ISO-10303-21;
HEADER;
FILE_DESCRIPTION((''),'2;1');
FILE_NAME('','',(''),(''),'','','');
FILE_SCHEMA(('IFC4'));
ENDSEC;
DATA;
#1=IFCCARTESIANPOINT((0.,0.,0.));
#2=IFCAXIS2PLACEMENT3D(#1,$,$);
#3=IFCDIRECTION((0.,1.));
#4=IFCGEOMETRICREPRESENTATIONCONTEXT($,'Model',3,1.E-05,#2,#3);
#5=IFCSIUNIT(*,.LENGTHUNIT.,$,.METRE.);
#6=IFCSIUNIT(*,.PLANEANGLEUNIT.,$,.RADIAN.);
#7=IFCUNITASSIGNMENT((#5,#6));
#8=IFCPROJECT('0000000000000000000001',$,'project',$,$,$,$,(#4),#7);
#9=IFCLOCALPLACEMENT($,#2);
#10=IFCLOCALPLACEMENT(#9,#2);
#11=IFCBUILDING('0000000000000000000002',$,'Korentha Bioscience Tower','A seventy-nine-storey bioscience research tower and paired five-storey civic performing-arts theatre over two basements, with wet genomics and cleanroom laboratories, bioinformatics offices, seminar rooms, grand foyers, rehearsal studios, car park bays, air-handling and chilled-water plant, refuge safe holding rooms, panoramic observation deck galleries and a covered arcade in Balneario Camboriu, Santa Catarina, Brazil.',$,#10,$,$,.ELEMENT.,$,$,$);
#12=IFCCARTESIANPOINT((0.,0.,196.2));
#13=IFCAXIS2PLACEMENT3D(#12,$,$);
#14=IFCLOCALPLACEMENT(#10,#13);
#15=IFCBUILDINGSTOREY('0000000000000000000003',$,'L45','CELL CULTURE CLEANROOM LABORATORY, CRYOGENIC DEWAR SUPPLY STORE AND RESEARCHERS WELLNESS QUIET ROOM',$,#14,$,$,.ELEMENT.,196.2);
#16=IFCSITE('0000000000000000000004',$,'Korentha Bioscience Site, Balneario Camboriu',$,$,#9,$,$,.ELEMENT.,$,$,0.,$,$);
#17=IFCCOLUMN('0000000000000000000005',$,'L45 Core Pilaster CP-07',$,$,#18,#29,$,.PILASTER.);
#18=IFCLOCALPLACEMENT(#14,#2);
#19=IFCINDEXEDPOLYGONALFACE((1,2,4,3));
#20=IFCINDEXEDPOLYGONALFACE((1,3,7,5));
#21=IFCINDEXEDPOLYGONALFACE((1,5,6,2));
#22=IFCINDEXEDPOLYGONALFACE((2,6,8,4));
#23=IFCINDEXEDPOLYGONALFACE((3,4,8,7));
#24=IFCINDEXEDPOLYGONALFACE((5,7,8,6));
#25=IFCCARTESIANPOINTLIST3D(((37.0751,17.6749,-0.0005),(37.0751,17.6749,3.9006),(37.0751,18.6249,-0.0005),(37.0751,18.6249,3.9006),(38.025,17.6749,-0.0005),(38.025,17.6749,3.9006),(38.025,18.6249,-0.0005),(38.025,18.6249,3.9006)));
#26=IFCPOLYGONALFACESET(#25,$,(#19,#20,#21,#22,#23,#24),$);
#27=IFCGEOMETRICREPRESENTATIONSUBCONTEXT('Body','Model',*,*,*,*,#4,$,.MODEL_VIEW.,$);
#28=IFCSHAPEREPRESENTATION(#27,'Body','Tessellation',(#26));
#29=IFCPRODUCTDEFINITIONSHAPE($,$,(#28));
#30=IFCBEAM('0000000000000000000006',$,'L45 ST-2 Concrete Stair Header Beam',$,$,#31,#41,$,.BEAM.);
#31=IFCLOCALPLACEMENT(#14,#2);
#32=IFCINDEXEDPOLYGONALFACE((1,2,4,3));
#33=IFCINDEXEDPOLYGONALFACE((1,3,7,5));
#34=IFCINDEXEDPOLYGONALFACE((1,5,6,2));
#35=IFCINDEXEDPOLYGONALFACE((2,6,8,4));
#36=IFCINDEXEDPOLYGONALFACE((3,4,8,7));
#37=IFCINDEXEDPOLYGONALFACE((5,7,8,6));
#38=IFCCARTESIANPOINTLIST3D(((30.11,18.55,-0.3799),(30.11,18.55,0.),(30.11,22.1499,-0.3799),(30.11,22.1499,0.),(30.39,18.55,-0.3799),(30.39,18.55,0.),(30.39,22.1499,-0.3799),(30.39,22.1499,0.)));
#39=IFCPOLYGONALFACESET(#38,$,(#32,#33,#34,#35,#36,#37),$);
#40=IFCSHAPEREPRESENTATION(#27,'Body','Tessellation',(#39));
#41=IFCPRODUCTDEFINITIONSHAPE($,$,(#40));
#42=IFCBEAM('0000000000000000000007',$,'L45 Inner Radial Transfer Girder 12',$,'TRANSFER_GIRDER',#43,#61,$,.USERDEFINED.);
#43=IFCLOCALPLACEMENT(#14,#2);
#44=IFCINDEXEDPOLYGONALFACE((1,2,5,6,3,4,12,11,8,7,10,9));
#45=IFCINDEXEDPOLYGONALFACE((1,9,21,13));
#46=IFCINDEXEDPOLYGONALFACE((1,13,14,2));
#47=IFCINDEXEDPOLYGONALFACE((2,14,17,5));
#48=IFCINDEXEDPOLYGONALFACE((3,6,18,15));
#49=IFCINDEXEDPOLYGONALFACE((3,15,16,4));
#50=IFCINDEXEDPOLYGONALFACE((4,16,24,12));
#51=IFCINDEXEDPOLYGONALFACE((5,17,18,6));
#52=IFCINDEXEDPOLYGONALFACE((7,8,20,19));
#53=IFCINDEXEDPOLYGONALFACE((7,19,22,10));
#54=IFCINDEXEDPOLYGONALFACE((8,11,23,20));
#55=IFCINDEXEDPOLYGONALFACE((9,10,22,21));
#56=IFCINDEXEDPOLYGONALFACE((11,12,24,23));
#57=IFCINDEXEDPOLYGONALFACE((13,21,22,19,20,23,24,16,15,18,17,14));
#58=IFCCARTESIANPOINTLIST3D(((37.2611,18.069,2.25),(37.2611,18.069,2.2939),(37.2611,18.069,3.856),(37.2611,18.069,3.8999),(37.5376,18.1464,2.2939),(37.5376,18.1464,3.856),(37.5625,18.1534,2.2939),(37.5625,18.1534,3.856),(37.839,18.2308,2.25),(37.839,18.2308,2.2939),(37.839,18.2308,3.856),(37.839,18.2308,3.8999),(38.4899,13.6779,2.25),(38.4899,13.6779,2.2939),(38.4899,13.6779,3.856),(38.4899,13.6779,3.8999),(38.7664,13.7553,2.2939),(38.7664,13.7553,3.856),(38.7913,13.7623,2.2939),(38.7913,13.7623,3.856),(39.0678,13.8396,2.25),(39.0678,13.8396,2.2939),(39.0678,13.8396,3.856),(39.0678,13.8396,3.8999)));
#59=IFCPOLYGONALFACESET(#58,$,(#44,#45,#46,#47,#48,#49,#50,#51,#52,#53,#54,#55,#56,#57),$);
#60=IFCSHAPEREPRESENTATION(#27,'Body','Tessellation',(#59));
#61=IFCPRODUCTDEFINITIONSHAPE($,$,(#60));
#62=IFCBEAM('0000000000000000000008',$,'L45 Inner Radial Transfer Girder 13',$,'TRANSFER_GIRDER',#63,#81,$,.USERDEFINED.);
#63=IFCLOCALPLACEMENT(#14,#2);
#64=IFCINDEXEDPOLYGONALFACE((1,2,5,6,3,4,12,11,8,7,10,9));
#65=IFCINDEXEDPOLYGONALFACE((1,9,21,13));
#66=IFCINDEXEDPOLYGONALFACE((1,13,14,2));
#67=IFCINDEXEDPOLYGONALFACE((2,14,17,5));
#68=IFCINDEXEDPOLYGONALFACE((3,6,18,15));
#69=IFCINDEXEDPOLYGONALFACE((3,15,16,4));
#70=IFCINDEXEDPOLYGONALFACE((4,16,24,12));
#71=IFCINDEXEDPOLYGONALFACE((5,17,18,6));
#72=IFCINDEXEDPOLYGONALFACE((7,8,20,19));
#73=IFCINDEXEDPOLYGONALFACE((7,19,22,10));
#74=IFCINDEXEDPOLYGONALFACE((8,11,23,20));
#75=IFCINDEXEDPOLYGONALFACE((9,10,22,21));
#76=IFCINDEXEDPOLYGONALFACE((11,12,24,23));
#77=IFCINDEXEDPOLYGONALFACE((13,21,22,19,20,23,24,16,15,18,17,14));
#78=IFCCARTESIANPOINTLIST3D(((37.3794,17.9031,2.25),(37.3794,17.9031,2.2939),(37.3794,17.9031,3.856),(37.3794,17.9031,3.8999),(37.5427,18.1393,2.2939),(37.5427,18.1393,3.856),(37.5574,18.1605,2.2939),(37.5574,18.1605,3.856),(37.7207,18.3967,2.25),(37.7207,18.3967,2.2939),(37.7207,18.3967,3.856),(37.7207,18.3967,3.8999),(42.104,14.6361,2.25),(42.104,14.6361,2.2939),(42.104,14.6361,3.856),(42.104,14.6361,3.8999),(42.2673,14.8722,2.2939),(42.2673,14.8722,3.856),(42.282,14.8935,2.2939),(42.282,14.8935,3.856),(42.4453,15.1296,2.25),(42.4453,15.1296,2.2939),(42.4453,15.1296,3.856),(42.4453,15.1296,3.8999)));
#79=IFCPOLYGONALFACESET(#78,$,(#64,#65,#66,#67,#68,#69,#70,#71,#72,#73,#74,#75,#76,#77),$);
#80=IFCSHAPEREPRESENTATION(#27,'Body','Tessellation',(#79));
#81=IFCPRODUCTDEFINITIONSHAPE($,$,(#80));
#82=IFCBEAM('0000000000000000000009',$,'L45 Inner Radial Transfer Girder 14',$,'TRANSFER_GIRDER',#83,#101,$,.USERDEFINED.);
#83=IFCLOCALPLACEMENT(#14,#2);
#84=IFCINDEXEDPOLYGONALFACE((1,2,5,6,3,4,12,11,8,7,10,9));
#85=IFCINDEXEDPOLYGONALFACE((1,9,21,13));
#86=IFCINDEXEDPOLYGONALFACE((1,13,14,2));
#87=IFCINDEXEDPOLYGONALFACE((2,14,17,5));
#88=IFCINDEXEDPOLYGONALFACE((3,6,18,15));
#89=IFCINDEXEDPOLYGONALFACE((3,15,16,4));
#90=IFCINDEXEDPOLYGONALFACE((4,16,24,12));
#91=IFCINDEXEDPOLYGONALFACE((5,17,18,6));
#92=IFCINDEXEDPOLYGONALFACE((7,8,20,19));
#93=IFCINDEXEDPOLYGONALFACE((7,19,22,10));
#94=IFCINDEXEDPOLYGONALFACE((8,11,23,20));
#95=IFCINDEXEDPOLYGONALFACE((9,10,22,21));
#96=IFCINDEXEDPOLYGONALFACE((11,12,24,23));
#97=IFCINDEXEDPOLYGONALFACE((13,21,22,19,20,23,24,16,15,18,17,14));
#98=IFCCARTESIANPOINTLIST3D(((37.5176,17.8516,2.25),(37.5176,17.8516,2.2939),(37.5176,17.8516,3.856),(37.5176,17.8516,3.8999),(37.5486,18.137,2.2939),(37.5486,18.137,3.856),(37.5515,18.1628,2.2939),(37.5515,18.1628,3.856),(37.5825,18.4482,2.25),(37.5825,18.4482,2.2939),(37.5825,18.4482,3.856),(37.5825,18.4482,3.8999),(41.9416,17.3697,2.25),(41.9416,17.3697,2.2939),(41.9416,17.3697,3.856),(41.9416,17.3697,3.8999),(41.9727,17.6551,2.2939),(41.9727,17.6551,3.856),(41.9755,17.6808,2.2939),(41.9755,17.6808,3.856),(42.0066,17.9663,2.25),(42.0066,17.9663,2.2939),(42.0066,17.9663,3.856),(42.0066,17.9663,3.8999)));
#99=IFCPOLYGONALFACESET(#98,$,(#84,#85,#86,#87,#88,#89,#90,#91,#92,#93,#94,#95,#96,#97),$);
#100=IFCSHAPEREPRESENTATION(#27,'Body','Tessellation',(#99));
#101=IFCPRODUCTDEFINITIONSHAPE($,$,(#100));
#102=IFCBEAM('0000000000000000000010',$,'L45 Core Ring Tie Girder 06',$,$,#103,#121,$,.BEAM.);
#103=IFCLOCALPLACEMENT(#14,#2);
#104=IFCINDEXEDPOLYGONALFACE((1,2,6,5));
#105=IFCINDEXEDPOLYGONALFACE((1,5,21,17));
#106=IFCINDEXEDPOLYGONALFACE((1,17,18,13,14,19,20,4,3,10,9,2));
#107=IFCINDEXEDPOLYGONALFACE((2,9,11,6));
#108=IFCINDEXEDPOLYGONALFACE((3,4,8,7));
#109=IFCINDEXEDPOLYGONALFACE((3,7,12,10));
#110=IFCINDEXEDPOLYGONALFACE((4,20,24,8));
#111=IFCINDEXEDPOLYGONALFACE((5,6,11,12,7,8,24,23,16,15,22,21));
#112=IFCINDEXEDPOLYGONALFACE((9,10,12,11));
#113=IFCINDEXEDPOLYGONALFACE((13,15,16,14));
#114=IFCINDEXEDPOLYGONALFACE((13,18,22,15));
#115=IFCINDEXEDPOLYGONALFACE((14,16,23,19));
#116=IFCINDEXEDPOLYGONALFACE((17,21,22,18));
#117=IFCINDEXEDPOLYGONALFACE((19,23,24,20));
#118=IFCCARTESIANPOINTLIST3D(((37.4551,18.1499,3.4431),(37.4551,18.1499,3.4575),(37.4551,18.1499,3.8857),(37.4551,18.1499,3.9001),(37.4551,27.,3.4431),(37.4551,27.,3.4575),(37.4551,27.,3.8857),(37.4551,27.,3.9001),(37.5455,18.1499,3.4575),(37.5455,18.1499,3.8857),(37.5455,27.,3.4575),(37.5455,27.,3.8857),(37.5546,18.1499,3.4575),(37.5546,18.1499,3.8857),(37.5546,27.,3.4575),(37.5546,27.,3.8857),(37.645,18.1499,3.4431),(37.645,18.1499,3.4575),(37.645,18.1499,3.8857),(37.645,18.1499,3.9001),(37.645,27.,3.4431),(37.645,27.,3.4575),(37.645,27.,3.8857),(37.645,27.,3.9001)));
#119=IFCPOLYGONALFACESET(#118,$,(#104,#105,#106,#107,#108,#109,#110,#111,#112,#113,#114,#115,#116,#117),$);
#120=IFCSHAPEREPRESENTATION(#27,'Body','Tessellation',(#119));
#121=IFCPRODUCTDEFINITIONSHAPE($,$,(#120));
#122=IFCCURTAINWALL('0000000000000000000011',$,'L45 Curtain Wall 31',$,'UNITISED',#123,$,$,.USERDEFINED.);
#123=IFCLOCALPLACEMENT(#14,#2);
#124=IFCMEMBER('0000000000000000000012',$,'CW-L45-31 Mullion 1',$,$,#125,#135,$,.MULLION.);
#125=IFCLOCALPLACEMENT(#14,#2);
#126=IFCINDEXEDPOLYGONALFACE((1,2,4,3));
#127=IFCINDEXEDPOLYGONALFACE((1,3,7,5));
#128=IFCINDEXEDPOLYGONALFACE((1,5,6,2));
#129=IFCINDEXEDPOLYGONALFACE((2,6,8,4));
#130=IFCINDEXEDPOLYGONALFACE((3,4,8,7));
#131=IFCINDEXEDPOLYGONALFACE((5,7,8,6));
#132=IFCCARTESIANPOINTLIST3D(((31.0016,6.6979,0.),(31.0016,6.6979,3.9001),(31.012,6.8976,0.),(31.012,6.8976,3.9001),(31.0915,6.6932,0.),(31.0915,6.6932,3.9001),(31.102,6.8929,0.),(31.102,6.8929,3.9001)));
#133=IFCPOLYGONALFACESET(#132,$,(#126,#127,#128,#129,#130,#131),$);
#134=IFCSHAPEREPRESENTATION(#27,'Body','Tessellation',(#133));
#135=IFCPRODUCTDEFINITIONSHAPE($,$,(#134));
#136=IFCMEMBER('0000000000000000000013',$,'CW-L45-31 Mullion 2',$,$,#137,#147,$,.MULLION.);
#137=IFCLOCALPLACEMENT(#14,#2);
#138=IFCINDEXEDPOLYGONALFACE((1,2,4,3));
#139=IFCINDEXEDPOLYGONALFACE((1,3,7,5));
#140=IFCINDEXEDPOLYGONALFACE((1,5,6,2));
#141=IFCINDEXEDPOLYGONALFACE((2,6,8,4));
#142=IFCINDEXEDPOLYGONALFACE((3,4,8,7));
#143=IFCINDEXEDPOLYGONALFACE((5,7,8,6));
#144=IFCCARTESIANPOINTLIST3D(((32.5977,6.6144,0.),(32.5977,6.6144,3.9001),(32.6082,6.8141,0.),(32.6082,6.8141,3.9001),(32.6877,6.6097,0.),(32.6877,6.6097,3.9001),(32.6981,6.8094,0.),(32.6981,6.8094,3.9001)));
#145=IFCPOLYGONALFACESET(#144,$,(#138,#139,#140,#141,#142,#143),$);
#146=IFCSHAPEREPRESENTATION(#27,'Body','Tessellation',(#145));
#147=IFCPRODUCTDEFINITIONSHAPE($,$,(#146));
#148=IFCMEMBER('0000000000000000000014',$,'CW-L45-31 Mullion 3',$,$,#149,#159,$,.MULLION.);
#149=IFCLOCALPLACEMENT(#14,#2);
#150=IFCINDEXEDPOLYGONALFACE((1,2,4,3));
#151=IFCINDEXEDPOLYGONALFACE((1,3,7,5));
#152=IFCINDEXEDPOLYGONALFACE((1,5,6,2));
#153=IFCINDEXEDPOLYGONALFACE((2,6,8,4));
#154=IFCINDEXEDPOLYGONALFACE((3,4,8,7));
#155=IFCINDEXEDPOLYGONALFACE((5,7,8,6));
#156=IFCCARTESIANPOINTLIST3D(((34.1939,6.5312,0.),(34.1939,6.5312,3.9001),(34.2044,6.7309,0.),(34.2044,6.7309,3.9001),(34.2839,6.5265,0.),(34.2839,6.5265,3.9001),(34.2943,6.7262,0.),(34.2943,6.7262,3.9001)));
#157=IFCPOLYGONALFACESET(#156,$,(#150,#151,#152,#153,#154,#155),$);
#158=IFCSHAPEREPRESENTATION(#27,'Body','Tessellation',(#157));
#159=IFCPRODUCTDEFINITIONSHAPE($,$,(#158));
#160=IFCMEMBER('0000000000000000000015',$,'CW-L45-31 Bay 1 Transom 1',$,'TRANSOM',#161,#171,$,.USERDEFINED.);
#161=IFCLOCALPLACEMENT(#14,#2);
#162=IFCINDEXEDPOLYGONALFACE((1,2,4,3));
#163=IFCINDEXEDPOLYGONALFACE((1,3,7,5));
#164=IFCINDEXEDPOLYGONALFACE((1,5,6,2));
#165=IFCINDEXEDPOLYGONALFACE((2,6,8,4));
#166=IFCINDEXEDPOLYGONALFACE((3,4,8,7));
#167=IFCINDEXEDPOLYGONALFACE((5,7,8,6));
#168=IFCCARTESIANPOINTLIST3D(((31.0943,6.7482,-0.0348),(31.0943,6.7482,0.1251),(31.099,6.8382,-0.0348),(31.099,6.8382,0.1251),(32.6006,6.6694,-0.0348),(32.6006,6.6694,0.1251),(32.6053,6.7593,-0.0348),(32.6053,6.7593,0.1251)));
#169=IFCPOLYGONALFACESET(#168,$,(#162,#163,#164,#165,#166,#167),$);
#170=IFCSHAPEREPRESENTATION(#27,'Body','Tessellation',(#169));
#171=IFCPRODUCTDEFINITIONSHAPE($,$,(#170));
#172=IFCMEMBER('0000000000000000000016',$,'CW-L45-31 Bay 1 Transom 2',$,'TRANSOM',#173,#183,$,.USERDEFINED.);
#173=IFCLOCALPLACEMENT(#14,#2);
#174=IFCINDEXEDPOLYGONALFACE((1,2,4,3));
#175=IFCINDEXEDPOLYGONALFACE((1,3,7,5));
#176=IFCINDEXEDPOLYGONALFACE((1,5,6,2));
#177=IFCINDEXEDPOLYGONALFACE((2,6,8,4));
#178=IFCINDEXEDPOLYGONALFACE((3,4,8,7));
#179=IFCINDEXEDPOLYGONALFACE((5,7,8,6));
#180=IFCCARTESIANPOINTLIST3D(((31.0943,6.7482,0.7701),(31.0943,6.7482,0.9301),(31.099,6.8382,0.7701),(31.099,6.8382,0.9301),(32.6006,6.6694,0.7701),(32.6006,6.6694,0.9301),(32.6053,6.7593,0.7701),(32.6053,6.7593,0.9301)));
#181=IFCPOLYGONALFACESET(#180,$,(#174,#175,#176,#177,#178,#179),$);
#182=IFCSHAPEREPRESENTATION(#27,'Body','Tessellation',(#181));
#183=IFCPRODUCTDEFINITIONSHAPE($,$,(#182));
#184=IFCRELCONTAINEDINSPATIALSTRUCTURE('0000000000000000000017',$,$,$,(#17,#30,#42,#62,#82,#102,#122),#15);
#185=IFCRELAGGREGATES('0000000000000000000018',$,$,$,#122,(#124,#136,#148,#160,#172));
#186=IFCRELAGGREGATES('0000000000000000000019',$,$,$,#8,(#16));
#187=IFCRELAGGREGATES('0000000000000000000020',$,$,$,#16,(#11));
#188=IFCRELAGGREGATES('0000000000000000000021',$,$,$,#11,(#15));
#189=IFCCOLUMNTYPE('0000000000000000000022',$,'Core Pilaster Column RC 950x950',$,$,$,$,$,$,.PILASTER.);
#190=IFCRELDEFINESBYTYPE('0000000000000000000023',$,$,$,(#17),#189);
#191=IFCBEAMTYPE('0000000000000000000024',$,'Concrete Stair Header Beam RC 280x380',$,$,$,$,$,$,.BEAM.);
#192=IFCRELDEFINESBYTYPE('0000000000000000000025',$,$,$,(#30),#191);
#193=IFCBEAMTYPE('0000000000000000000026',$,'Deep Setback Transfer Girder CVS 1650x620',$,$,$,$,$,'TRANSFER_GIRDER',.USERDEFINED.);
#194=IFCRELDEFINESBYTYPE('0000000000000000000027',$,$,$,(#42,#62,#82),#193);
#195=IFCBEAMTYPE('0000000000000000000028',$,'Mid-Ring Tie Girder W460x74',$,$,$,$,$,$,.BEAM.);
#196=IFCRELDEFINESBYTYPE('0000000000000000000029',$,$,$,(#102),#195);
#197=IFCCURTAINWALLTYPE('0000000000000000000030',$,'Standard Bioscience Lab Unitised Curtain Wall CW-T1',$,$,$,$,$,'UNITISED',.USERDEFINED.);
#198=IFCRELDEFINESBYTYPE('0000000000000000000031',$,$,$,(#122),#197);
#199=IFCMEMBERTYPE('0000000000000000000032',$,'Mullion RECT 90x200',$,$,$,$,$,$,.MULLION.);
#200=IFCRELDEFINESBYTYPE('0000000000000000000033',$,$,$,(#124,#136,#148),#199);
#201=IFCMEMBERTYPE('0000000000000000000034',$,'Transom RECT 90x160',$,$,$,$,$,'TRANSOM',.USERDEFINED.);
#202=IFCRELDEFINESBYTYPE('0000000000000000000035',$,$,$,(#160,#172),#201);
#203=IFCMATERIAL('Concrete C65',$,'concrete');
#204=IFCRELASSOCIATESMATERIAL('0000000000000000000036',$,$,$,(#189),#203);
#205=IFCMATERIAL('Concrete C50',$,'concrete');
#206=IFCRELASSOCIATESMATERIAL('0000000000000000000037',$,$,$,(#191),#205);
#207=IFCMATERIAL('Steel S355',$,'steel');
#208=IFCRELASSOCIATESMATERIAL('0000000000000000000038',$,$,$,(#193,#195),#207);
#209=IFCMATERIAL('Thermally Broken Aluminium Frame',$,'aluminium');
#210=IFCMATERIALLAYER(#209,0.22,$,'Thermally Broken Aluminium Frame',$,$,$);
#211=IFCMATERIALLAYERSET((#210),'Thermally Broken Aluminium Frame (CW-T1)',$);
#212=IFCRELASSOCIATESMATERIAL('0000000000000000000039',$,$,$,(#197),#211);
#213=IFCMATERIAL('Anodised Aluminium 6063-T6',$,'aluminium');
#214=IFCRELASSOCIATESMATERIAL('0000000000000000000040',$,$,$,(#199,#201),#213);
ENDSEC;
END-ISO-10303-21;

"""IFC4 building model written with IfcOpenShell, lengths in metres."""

from ifc_helpers import new_model, si_unit, direction, frame, origin, origin_2d, place, context, subcontext, project, spatial, rectangle, i_section, extrude, material, layer, layer_set, material_profile, profile_set, type_object, element, aggregate, save


model = new_model("IFC4")

# Units and contexts
model_context = context("Model", 3, precision=1e-05, world=origin(), true_north=direction((0.0, 1.0)))
body_context = subcontext(model_context, "Body", "Model", "MODEL_VIEW")
ifc_project = project(units=[si_unit("LENGTHUNIT", "METRE"), si_unit("PLANEANGLEUNIT", "RADIAN")], contexts=[model_context])

# Site, building, storey
site_placement = place(None, origin())
site = spatial("IfcSite", under=ifc_project, at=site_placement, Name="Korentha Bioscience Site, Balneario Camboriu", CompositionType="ELEMENT", RefElevation=0.0)
building_placement = place(site_placement, origin())
building = spatial("IfcBuilding", under=site, at=building_placement, Name="Korentha Bioscience Tower", Description="A seventy-nine-storey bioscience research tower and paired five-storey civic performing-arts theatre over two basements, with wet genomics and cleanroom laboratories, bioinformatics offices, seminar rooms, grand foyers, rehearsal studios, car park bays, air-handling and chilled-water plant, refuge safe holding rooms, panoramic observation deck galleries and a covered arcade in Balneario Camboriu, Santa Catarina, Brazil.", CompositionType="ELEMENT")
storey_placement = place(building_placement, frame((0.0, 0.0, 196.2)))
storey = spatial("IfcBuildingStorey", under=building, at=storey_placement, Name="L45", Description="CELL CULTURE CLEANROOM LABORATORY, CRYOGENIC DEWAR SUPPLY STORE AND RESEARCHERS WELLNESS QUIET ROOM", CompositionType="ELEMENT", Elevation=196.2)

# Column
ifc_material_1 = material(Name="Concrete C65", Category="concrete")
ifc_material_profile_1 = material_profile(ifc_material_1, rectangle(XDim=0.95, YDim=0.95, at=origin_2d()), Name="Concrete C65")
ifc_profile_set_1 = profile_set([ifc_material_profile_1], Name="Concrete C65 (COL-CP09)")
column_type = type_object("IfcColumnType", Name="Core Pilaster Column RC 950x950", PredefinedType="PILASTER", material=ifc_profile_set_1)
column_placement = place(storey_placement, frame((37.55, 18.1499, -0.0005), z_axis=(0.0, 0.0, 1.0), x_axis=(1.0, 0.0, 0.0)))
element("IfcColumn", 1, at=column_placement, inside=storey, type_object=column_type, Name="L45 Core Pilaster CP-07", PredefinedType="PILASTER", context=body_context, shape_type="SweptSolid", body=[
    extrude(rectangle(XDim=0.95, YDim=0.95, at=origin_2d()), origin(), (0.0, 0.0, 1.0), 3.9011),
])

# Beams
ifc_material_2 = material(Name="Concrete C50", Category="concrete")
ifc_material_profile_2 = material_profile(ifc_material_2, rectangle(XDim=0.28, YDim=0.3799, at=origin_2d()), Name="Concrete C50")
ifc_profile_set_2 = profile_set([ifc_material_profile_2], Name="Concrete C50 (ST-HB380)")
beam_type_1 = type_object("IfcBeamType", Name="Concrete Stair Header Beam RC 280x380", PredefinedType="BEAM", material=ifc_profile_set_2)
beam_1_placement = place(storey_placement, frame((30.25, 18.55, -0.1899), z_axis=(0.0, 1.0, 0.0), x_axis=(-1.0, 0.0, 0.0)))
element("IfcBeam", 2, at=beam_1_placement, inside=storey, type_object=beam_type_1, Name="L45 ST-2 Concrete Stair Header Beam", PredefinedType="BEAM", context=body_context, shape_type="SweptSolid", body=[
    extrude(rectangle(XDim=0.28, YDim=0.3799, at=origin_2d()), origin(), (0.0, 0.0, 1.0), 3.5999),
])
ifc_material_3 = material(Name="Steel S355", Category="steel")
ifc_material_profile_3 = material_profile(ifc_material_3, i_section(OverallWidth=0.6001, OverallDepth=1.6499, WebThickness=0.0259, FlangeThickness=0.0439, at=origin_2d()), Name="Steel S355")
ifc_profile_set_3 = profile_set([ifc_material_profile_3], Name="Steel S355 (TG-04)")
beam_type_2 = type_object("IfcBeamType", Name="Deep Setback Transfer Girder CVS 1650x620", ElementType="TRANSFER_GIRDER", PredefinedType="USERDEFINED", material=ifc_profile_set_3)
beam_2_placement = place(storey_placement, frame((37.55, 18.1499, 3.075), z_axis=(0.269477, -0.963007, 0.0), x_axis=(0.963007, 0.269477, 0.0)))
element("IfcBeam", 3, at=beam_2_placement, inside=storey, type_object=beam_type_2, Name="L45 Inner Radial Transfer Girder 12", ObjectType="TRANSFER_GIRDER", PredefinedType="USERDEFINED", context=body_context, shape_type="SweptSolid", body=[
    extrude(i_section(OverallWidth=0.6001, OverallDepth=1.6499, WebThickness=0.0259, FlangeThickness=0.0439, at=origin_2d()), origin(), (0.0, 0.0, 1.0), 4.5598),
])
beam_3_placement = place(storey_placement, frame((37.55, 18.1499, 3.075), z_axis=(0.822501, -0.568763, 0.0), x_axis=(0.568763, 0.822501, 0.0)))
element("IfcBeam", 4, at=beam_3_placement, inside=storey, type_object=beam_type_2, Name="L45 Inner Radial Transfer Girder 13", ObjectType="TRANSFER_GIRDER", PredefinedType="USERDEFINED", context=body_context, shape_type="SweptSolid", body=[
    extrude(i_section(OverallWidth=0.6001, OverallDepth=1.6499, WebThickness=0.0259, FlangeThickness=0.0439, at=origin_2d()), origin(), (0.0, 0.0, 1.0), 5.7441),
])
beam_4_placement = place(storey_placement, frame((37.55, 18.1499, 3.075), z_axis=(0.994119, -0.108294, 0.0), x_axis=(0.108294, 0.994119, 0.0)))
element("IfcBeam", 5, at=beam_4_placement, inside=storey, type_object=beam_type_2, Name="L45 Inner Radial Transfer Girder 14", ObjectType="TRANSFER_GIRDER", PredefinedType="USERDEFINED", context=body_context, shape_type="SweptSolid", body=[
    extrude(i_section(OverallWidth=0.6001, OverallDepth=1.6499, WebThickness=0.0259, FlangeThickness=0.0439, at=origin_2d()), origin(), (0.0, 0.0, 1.0), 4.4502),
])
ifc_material_profile_4 = material_profile(ifc_material_3, i_section(OverallWidth=0.1899, OverallDepth=0.457, WebThickness=0.009, FlangeThickness=0.0144, at=origin_2d()), Name="Steel S355")
ifc_profile_set_4 = profile_set([ifc_material_profile_4], Name="Steel S355 (MB-460)")
beam_type_3 = type_object("IfcBeamType", Name="Mid-Ring Tie Girder W460x74", PredefinedType="BEAM", material=ifc_profile_set_4)
beam_5_placement = place(storey_placement, frame((37.55, 18.1499, 3.6716), z_axis=(0.0, 1.0, 0.0), x_axis=(-1.0, 0.0, 0.0)))
element("IfcBeam", 6, at=beam_5_placement, inside=storey, type_object=beam_type_3, Name="L45 Core Ring Tie Girder 06", PredefinedType="BEAM", context=body_context, shape_type="SweptSolid", body=[
    extrude(i_section(OverallWidth=0.1899, OverallDepth=0.457, WebThickness=0.009, FlangeThickness=0.0144, at=origin_2d()), origin(), (0.0, 0.0, 1.0), 8.8501),
])

# Curtain wall, members
ifc_material_4 = material(Name="Thermally Broken Aluminium Frame", Category="aluminium")
ifc_layer_1 = layer(ifc_material_4, 0.22, Name="Thermally Broken Aluminium Frame")
ifc_layer_set_1 = layer_set([ifc_layer_1], Name="Thermally Broken Aluminium Frame (CW-T1)")
curtain_wall_type = type_object("IfcCurtainWallType", Name="Standard Bioscience Lab Unitised Curtain Wall CW-T1", ElementType="UNITISED", PredefinedType="USERDEFINED", material=ifc_layer_set_1)
curtain_wall_placement = place(storey_placement, origin())
curtain_wall = element("IfcCurtainWall", 7, at=curtain_wall_placement, inside=storey, type_object=curtain_wall_type, Name="L45 Curtain Wall 31", ObjectType="UNITISED", PredefinedType="USERDEFINED")
ifc_material_5 = material(Name="Anodised Aluminium 6063-T6", Category="aluminium")
ifc_material_profile_5 = material_profile(ifc_material_5, rectangle(XDim=0.0901, YDim=0.2, at=origin_2d()), Name="Anodised Aluminium 6063-T6")
ifc_profile_set_5 = profile_set([ifc_material_profile_5], Name="Anodised Aluminium 6063-T6 (CW-MUL)")
member_type_1 = type_object("IfcMemberType", Name="Mullion RECT 90x200", PredefinedType="MULLION", material=ifc_profile_set_5)
member_1_placement = place(storey_placement, frame((31.0518, 6.7954, 0.0), z_axis=(0.0, 0.0, 1.0), x_axis=(0.998638, -0.05218, 0.0)))
member_1 = element("IfcMember", 8, at=member_1_placement, type_object=member_type_1, Name="CW-L45-31 Mullion 1", PredefinedType="MULLION", context=body_context, shape_type="SweptSolid", body=[
    extrude(rectangle(XDim=0.0901, YDim=0.2, at=origin_2d()), origin(), (0.0, 0.0, 1.0), 3.9001),
])
member_2_placement = place(storey_placement, frame((32.6479, 6.7119, 0.0), z_axis=(0.0, 0.0, 1.0), x_axis=(0.998638, -0.05218, 0.0)))
member_2 = element("IfcMember", 9, at=member_2_placement, type_object=member_type_1, Name="CW-L45-31 Mullion 2", PredefinedType="MULLION", context=body_context, shape_type="SweptSolid", body=[
    extrude(rectangle(XDim=0.0901, YDim=0.2, at=origin_2d()), origin(), (0.0, 0.0, 1.0), 3.9001),
])
member_3_placement = place(storey_placement, frame((34.2441, 6.6287, 0.0), z_axis=(0.0, 0.0, 1.0), x_axis=(0.998638, -0.05218, 0.0)))
member_3 = element("IfcMember", 10, at=member_3_placement, type_object=member_type_1, Name="CW-L45-31 Mullion 3", PredefinedType="MULLION", context=body_context, shape_type="SweptSolid", body=[
    extrude(rectangle(XDim=0.0901, YDim=0.2, at=origin_2d()), origin(), (0.0, 0.0, 1.0), 3.9001),
])
ifc_material_profile_6 = material_profile(ifc_material_5, rectangle(XDim=0.0901, YDim=0.1599, at=origin_2d()), Name="Anodised Aluminium 6063-T6")
ifc_profile_set_6 = profile_set([ifc_material_profile_6], Name="Anodised Aluminium 6063-T6 (CW-TRN)")
member_type_2 = type_object("IfcMemberType", Name="Transom RECT 90x160", ElementType="TRANSOM", PredefinedType="USERDEFINED", material=ifc_profile_set_6)
member_4_placement = place(storey_placement, frame((31.0967, 6.7932, 0.0452), z_axis=(0.998633, -0.052278, 0.0), x_axis=(0.052278, 0.998633, 0.0)))
member_4 = element("IfcMember", 11, at=member_4_placement, type_object=member_type_2, Name="CW-L45-31 Bay 1 Transom 1", ObjectType="TRANSOM", PredefinedType="USERDEFINED", context=body_context, shape_type="SweptSolid", body=[
    extrude(rectangle(XDim=0.0901, YDim=0.1599, at=origin_2d()), origin(), (0.0, 0.0, 1.0), 1.5083),
])
member_5_placement = place(storey_placement, frame((31.0967, 6.7932, 0.8501), z_axis=(0.998633, -0.052278, 0.0), x_axis=(0.052278, 0.998633, 0.0)))
member_5 = element("IfcMember", 12, at=member_5_placement, type_object=member_type_2, Name="CW-L45-31 Bay 1 Transom 2", ObjectType="TRANSOM", PredefinedType="USERDEFINED", context=body_context, shape_type="SweptSolid", body=[
    extrude(rectangle(XDim=0.0901, YDim=0.1599, at=origin_2d()), origin(), (0.0, 0.0, 1.0), 1.5083),
])
aggregate(curtain_wall, [member_1, member_2, member_3, member_4, member_5])

save(model, "model.ifc")
